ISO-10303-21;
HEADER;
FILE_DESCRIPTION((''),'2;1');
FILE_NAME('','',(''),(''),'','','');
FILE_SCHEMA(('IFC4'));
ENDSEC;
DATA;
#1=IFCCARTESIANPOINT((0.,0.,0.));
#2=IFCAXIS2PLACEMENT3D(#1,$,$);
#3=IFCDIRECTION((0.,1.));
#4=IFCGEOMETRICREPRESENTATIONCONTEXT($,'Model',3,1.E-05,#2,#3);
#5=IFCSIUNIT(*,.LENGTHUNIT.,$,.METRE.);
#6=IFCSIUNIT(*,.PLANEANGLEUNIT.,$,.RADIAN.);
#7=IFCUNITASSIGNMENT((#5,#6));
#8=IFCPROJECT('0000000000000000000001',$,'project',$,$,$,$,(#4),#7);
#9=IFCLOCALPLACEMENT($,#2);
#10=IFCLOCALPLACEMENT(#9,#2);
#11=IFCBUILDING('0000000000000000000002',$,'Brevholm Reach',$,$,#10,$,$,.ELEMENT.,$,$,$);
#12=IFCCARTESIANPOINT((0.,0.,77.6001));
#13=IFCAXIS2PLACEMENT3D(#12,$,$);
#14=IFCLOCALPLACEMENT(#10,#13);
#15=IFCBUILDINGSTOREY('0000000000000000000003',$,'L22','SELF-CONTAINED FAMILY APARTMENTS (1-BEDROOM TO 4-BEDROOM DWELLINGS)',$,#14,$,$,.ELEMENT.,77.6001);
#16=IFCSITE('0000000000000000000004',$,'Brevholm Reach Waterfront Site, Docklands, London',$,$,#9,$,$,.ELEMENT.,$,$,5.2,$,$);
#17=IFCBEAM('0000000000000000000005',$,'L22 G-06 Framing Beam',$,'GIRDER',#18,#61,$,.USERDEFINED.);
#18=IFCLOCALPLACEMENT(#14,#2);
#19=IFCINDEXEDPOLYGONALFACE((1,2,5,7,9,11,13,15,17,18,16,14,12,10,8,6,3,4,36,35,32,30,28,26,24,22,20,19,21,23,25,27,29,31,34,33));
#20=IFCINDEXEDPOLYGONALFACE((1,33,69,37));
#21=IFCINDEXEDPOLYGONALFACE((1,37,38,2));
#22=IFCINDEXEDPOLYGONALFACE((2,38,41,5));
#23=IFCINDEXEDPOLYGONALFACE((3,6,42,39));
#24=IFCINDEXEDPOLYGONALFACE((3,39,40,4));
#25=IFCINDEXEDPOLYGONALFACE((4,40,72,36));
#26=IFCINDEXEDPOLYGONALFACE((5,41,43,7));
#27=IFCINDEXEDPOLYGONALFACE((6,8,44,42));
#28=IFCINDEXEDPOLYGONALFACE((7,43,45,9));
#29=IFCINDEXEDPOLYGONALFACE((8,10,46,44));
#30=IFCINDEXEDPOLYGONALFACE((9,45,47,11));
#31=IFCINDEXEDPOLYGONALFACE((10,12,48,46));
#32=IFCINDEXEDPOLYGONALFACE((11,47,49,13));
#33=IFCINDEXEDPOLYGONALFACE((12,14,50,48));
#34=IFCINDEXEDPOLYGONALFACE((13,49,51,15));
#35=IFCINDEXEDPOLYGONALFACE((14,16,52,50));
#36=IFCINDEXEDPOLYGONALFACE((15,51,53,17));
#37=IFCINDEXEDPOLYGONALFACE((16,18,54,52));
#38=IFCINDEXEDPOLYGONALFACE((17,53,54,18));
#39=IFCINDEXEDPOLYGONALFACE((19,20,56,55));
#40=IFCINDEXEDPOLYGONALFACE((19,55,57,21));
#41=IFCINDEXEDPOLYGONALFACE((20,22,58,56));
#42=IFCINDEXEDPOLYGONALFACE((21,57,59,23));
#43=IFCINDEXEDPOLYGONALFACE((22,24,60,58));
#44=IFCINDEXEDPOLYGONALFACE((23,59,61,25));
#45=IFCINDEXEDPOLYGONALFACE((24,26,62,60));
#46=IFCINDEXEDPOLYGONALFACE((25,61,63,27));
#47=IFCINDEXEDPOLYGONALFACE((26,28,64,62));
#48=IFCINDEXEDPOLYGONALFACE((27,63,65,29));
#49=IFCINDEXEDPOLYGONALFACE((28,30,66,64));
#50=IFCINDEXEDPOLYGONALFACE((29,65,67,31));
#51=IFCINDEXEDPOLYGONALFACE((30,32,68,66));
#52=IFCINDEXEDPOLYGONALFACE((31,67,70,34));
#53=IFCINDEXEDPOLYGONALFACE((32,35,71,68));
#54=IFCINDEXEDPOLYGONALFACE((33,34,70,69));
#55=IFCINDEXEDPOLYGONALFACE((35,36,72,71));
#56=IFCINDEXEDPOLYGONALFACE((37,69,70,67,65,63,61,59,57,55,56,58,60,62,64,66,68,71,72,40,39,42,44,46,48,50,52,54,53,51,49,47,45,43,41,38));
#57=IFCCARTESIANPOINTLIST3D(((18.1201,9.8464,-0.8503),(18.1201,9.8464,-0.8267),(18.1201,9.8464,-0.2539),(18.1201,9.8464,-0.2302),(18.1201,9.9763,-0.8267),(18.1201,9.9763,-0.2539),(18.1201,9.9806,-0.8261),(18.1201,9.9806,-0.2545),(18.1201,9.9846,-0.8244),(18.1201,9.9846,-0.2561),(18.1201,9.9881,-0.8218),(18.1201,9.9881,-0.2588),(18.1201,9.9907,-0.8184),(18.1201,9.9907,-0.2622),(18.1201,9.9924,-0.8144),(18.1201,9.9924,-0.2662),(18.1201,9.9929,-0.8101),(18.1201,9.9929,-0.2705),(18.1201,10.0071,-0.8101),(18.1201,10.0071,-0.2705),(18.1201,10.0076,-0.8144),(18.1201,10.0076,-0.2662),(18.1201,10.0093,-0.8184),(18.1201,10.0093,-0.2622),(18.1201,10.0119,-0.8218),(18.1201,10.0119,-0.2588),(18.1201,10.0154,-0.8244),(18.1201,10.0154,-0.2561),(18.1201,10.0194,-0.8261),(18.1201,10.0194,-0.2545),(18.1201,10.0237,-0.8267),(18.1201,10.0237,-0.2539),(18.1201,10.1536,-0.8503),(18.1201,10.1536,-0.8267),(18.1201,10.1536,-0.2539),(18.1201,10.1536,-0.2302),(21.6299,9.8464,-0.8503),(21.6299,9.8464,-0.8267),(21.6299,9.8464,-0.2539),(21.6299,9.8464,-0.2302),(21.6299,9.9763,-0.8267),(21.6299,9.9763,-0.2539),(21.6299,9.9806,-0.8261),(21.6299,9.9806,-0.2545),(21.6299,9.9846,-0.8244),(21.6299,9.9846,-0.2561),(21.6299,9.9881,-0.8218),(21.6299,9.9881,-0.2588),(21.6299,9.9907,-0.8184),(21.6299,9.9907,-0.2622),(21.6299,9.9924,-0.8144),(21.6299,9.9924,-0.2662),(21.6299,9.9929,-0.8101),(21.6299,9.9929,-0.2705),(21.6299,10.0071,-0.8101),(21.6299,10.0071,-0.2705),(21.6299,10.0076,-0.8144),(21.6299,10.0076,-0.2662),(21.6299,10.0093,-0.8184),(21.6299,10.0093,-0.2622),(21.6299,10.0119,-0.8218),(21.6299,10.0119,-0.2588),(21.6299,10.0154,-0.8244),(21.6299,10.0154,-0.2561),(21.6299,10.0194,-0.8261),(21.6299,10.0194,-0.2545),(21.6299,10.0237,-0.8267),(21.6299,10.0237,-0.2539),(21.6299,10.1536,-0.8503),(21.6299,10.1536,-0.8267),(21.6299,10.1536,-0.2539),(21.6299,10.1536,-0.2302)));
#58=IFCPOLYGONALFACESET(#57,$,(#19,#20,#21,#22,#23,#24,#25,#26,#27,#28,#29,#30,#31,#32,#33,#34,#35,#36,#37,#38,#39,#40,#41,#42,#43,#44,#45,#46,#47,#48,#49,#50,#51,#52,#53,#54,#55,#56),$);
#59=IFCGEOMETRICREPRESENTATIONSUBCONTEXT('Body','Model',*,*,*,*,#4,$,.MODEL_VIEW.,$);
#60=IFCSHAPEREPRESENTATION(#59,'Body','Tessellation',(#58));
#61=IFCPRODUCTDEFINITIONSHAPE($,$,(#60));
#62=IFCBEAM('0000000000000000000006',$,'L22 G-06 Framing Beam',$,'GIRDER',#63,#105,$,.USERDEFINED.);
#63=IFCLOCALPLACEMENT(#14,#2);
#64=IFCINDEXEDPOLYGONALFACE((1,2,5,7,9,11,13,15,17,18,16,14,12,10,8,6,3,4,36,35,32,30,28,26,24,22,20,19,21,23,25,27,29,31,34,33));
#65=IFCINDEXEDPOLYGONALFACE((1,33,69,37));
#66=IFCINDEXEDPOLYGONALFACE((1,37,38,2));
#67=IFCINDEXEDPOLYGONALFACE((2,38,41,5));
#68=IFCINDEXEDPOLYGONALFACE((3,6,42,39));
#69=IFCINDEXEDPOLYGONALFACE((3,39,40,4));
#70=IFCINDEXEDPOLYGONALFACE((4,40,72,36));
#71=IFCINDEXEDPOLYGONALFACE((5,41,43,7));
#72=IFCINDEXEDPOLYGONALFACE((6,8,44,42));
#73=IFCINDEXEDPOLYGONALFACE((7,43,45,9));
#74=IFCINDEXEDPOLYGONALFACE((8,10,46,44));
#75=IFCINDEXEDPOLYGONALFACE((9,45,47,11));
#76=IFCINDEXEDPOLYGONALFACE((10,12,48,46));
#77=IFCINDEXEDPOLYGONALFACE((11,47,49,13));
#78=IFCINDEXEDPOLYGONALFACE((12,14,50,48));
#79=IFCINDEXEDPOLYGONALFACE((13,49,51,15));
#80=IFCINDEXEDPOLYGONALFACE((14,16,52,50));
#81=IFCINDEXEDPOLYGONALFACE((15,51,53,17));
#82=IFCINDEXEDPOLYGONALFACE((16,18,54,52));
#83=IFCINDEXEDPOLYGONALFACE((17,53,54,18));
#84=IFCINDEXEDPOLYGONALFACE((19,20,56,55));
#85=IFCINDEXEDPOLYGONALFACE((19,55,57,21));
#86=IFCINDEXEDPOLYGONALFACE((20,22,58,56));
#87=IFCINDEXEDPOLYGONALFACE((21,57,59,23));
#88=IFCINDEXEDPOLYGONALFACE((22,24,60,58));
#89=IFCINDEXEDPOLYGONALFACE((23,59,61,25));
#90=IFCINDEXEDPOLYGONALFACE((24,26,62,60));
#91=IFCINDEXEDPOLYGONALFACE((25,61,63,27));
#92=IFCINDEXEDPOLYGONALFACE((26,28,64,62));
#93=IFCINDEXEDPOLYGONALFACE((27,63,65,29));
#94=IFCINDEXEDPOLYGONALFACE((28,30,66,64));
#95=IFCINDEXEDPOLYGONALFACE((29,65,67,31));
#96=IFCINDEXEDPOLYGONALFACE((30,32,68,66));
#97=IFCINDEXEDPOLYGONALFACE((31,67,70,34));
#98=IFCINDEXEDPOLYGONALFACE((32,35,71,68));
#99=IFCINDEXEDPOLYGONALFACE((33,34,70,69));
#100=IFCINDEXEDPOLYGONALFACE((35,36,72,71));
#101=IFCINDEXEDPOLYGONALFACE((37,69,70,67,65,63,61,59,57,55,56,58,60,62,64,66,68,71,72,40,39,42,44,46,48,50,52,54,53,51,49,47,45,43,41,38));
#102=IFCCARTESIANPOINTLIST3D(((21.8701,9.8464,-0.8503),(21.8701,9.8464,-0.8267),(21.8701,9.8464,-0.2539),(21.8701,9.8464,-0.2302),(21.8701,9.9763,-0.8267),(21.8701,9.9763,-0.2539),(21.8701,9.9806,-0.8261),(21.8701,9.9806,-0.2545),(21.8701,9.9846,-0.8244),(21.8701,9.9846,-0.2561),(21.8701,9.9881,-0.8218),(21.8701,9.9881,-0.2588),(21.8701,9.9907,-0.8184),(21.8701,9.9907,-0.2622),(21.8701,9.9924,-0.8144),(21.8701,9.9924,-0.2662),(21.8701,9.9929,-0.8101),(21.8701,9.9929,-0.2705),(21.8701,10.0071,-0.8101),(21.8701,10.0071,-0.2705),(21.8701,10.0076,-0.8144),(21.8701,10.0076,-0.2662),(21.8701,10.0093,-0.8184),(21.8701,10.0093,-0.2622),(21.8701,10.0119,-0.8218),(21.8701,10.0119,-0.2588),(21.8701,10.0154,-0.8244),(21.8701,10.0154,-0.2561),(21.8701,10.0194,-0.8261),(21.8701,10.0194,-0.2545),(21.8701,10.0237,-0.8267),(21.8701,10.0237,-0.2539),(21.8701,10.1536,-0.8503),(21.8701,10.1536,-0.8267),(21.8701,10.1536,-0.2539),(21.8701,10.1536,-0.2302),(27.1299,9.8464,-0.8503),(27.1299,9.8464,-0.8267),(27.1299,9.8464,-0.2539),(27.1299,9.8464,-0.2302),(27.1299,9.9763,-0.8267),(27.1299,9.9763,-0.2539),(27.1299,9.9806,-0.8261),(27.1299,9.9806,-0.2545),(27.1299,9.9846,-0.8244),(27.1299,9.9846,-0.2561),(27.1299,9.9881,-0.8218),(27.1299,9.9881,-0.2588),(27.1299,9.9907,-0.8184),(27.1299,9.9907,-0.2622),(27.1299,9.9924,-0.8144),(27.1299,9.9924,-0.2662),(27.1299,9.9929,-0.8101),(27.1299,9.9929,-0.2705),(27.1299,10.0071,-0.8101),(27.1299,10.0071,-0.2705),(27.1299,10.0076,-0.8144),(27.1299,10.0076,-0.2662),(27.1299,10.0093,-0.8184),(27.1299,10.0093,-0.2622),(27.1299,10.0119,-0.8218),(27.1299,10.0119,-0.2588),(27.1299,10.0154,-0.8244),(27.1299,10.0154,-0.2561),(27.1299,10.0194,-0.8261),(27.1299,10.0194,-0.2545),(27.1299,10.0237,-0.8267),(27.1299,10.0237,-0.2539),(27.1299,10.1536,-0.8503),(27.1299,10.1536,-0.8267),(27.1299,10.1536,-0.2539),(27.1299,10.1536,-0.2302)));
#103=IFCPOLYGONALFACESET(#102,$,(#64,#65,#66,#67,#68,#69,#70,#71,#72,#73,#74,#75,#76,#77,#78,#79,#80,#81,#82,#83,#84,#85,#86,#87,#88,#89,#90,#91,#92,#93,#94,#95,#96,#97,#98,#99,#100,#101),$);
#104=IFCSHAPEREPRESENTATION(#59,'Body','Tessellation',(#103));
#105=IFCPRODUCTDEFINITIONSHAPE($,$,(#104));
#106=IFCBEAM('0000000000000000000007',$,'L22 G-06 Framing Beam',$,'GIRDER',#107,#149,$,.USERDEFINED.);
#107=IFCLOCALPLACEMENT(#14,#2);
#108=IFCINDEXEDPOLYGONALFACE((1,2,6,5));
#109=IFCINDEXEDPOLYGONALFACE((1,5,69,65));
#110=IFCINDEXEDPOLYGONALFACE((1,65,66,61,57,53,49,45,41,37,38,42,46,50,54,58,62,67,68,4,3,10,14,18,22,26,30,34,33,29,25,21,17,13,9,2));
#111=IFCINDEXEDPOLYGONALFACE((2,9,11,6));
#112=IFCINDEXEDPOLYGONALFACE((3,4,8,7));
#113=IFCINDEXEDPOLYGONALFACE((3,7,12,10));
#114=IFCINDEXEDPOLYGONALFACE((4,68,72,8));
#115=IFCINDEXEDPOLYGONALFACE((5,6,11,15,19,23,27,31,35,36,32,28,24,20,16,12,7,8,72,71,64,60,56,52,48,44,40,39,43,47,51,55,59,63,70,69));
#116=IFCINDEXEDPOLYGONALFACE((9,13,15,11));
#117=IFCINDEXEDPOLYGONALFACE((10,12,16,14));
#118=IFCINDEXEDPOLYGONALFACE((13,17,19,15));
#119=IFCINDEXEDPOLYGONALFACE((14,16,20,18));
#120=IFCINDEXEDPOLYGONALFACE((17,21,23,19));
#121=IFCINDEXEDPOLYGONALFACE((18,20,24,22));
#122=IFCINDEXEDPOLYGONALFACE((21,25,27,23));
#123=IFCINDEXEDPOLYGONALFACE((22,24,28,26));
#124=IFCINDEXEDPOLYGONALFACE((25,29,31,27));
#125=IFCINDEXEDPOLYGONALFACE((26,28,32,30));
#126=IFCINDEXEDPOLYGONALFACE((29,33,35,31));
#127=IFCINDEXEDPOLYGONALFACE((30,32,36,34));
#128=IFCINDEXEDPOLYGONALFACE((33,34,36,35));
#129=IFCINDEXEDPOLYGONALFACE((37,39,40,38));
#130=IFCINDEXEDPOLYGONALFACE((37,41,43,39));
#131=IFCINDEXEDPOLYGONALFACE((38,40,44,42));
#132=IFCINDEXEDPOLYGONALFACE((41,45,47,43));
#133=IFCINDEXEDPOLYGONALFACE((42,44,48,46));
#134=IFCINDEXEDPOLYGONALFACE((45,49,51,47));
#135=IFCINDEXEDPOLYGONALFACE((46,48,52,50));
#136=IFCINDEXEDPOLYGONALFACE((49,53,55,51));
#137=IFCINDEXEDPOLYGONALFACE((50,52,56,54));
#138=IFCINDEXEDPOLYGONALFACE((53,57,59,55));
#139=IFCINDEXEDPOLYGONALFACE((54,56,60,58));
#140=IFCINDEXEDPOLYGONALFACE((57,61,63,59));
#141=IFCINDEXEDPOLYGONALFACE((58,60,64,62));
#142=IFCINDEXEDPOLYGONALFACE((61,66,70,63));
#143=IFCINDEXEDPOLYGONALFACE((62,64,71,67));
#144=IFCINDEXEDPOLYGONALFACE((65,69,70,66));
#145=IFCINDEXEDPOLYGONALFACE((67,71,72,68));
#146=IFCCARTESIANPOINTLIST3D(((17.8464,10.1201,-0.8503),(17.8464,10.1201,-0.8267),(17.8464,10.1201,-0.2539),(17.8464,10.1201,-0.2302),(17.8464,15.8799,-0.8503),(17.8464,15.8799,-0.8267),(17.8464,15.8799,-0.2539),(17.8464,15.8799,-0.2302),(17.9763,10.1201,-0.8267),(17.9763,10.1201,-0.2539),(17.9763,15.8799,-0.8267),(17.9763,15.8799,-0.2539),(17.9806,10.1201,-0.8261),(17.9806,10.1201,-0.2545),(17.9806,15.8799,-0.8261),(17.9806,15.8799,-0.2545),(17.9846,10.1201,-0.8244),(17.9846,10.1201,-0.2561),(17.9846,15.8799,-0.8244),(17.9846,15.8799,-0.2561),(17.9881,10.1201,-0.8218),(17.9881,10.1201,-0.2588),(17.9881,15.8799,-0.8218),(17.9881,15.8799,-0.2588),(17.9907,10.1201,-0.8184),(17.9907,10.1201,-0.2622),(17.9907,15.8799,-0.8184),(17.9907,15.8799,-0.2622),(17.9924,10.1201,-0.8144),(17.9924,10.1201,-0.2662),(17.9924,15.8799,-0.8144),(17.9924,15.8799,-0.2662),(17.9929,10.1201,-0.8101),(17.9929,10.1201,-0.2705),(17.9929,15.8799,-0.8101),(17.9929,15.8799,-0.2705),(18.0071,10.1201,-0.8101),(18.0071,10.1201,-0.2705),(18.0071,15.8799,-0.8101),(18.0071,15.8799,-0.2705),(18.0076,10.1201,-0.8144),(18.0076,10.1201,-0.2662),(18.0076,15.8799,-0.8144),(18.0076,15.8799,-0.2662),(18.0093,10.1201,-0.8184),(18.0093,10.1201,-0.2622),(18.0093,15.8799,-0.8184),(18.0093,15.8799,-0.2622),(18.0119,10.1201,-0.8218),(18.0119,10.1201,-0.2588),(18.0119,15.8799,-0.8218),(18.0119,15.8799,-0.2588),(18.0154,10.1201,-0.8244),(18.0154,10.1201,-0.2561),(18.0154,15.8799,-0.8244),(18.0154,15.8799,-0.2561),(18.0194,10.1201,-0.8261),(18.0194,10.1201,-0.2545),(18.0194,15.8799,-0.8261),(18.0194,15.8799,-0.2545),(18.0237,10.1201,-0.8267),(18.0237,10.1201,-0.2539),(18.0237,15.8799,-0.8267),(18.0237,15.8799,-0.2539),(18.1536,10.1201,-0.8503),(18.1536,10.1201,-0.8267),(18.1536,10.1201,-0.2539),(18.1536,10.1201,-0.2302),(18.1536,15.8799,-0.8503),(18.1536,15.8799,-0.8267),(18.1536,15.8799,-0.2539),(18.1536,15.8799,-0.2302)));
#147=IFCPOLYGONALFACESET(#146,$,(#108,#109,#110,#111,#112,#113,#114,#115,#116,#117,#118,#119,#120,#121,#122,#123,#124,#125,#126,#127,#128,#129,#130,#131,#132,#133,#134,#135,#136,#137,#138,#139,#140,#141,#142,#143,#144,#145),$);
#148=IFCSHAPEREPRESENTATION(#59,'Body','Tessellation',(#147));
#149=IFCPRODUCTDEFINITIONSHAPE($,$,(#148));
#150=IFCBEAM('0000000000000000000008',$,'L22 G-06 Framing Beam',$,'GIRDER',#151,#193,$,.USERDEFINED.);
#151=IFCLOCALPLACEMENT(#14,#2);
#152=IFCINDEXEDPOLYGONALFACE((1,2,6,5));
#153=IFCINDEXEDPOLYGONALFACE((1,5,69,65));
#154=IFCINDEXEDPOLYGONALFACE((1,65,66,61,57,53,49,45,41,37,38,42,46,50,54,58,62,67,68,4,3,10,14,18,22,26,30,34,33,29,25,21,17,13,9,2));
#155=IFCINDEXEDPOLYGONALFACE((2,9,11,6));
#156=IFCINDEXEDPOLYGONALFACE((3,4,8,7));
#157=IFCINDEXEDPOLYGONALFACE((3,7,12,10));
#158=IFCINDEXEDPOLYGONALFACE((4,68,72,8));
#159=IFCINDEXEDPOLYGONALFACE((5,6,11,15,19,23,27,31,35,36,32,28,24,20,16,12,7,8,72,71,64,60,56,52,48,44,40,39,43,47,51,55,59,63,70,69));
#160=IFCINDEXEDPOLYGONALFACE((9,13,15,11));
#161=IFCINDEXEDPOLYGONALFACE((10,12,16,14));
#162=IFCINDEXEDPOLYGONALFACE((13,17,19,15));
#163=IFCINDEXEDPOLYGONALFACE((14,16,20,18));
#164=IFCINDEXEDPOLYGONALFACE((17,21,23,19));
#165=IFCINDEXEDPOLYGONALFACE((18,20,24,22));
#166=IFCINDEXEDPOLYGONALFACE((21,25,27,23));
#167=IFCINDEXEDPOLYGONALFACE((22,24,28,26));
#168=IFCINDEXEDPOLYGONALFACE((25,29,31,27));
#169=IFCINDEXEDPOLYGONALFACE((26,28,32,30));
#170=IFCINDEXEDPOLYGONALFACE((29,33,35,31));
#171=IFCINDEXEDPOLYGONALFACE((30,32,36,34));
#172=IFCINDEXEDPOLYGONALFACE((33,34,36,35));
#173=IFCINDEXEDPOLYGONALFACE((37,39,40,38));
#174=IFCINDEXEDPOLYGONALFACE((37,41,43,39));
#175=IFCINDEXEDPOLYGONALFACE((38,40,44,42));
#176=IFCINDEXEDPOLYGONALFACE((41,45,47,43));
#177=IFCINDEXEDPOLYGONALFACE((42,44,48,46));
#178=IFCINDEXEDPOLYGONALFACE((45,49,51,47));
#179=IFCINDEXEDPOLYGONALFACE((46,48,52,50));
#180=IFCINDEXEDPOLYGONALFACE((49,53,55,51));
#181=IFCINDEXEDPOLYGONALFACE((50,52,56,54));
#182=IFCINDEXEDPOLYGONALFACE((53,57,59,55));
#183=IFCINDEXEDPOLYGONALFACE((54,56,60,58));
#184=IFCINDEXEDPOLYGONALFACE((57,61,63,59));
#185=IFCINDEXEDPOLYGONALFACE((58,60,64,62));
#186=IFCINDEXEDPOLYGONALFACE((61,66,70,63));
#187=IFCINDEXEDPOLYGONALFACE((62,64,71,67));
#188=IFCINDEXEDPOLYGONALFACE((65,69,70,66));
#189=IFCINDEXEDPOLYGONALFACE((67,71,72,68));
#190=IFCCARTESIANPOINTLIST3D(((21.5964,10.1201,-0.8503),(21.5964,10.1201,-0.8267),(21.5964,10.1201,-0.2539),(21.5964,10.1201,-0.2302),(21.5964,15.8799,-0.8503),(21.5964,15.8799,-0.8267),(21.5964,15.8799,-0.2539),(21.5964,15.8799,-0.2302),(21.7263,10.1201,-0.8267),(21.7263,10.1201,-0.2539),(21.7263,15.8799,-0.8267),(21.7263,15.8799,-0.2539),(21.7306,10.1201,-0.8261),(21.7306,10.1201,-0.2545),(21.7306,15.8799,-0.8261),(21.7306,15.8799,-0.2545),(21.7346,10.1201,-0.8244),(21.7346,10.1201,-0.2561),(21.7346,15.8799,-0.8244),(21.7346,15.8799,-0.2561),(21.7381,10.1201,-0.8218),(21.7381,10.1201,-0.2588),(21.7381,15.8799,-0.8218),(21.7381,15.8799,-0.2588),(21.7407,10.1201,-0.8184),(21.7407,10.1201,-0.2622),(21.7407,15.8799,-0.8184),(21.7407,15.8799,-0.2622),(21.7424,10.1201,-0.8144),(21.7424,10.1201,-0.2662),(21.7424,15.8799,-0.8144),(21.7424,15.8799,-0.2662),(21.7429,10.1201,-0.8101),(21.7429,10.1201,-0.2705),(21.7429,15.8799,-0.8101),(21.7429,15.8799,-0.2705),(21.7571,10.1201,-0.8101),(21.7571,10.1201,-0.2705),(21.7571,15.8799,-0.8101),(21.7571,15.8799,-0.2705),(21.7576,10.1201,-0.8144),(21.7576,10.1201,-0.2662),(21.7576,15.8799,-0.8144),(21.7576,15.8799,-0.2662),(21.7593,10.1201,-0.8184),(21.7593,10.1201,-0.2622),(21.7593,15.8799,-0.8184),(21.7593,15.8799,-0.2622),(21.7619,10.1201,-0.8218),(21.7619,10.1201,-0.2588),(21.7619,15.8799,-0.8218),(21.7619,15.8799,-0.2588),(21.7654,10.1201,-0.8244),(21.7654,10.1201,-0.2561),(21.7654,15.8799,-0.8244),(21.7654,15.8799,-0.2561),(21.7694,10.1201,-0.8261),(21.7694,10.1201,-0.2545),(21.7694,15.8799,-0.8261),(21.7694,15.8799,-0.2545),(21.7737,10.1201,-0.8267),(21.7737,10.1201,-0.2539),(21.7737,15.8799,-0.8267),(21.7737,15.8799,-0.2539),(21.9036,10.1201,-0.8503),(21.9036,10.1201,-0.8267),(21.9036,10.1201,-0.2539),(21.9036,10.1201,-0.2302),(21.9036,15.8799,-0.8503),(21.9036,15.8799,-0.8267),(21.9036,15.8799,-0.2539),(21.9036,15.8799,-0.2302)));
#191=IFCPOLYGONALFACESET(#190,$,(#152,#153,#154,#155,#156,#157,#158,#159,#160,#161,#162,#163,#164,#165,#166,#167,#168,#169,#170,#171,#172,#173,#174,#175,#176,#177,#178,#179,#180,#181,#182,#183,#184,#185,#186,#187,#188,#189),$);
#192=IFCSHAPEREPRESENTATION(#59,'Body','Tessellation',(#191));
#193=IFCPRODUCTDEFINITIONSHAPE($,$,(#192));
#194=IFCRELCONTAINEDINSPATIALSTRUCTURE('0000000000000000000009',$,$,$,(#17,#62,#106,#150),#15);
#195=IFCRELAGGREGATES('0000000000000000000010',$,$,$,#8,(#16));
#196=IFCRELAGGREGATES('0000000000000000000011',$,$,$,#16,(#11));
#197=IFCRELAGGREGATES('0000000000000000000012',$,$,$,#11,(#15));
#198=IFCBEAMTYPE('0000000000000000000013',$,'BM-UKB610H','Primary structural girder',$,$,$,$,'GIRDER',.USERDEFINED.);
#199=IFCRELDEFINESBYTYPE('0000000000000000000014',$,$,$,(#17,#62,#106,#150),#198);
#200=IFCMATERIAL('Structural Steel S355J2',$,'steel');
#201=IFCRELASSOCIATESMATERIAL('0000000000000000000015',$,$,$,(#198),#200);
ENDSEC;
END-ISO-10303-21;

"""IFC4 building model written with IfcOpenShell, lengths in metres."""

from ifc_helpers import new_model, si_unit, direction, frame, origin, origin_2d, place, context, subcontext, project, spatial, i_section, extrude, material, material_profile, profile_set, type_object, element, save


model = new_model("IFC4")

# Units and contexts
model_context = context("Model", 3, precision=1e-05, world=origin(), true_north=direction((0.0, 1.0)))
body_context = subcontext(model_context, "Body", "Model", "MODEL_VIEW")
ifc_project = project(units=[si_unit("LENGTHUNIT", "METRE"), si_unit("PLANEANGLEUNIT", "RADIAN")], contexts=[model_context])

# Site, building, storey
site_placement = place(None, origin())
site = spatial("IfcSite", under=ifc_project, at=site_placement, Name="Brevholm Reach Waterfront Site, Docklands, London", CompositionType="ELEMENT", RefElevation=5.2)
building_placement = place(site_placement, origin())
building = spatial("IfcBuilding", under=site, at=building_placement, Name="Brevholm Reach", CompositionType="ELEMENT")
storey_placement = place(building_placement, frame((0.0, 0.0, 77.6001)))
storey = spatial("IfcBuildingStorey", under=building, at=storey_placement, Name="L22", Description="SELF-CONTAINED FAMILY APARTMENTS (1-BEDROOM TO 4-BEDROOM DWELLINGS)", CompositionType="ELEMENT", Elevation=77.6001)

# Beams
ifc_material_1 = material(Name="Structural Steel S355J2", Category="steel")
ifc_material_profile_1 = material_profile(ifc_material_1, i_section(OverallWidth=0.3071, OverallDepth=0.6201, WebThickness=0.0142, FlangeThickness=0.0237, FilletRadius=0.0166, at=origin_2d()), Name="UKB 610x305x179")
ifc_profile_set_1 = profile_set([ifc_material_profile_1], Name="Structural Steel S355J2")
beam_type_1 = type_object("IfcBeamType", Name="BM-UKB610H", Description="Primary structural girder", ElementType="GIRDER", PredefinedType="USERDEFINED", material=ifc_profile_set_1)
beam_1_placement = place(storey_placement, frame((18.1201, 10.0, -0.5403), z_axis=(1.0, 0.0, 0.0), x_axis=(0.0, 1.0, 0.0)))
element("IfcBeam", 1, at=beam_1_placement, inside=storey, type_object=beam_type_1, Name="L22 G-06 Framing Beam", ObjectType="GIRDER", PredefinedType="USERDEFINED", context=body_context, shape_type="SweptSolid", body=[
    extrude(i_section(OverallWidth=0.3071, OverallDepth=0.6201, WebThickness=0.0142, FlangeThickness=0.0237, FilletRadius=0.0166, at=origin_2d()), origin(), (0.0, 0.0, 1.0), 3.5098),
])
beam_2_placement = place(storey_placement, frame((21.8701, 10.0, -0.5403), z_axis=(1.0, 0.0, 0.0), x_axis=(0.0, 1.0, 0.0)))
element("IfcBeam", 2, at=beam_2_placement, inside=storey, type_object=beam_type_1, Name="L22 G-06 Framing Beam", ObjectType="GIRDER", PredefinedType="USERDEFINED", context=body_context, shape_type="SweptSolid", body=[
    extrude(i_section(OverallWidth=0.3071, OverallDepth=0.6201, WebThickness=0.0142, FlangeThickness=0.0237, FilletRadius=0.0166, at=origin_2d()), origin(), (0.0, 0.0, 1.0), 5.2598),
])
for number, where, z_axis, x_axis, name in (
    (3, (18.0, 10.1201, -0.5403), (0.0, 1.0, 0.0), (-1.0, 0.0, 0.0), "L22 G-06 Framing Beam"),
    (4, (21.75, 10.1201, -0.5403), (0.0, 1.0, 0.0), (-1.0, 0.0, 0.0), "L22 G-06 Framing Beam"),
):
    element("IfcBeam", number, at=place(storey_placement, frame(where, z_axis=z_axis, x_axis=x_axis)), inside=storey, type_object=beam_type_1, Name=name, ObjectType="GIRDER", PredefinedType="USERDEFINED", context=body_context, shape_type="SweptSolid", body=[
        extrude(i_section(OverallWidth=0.3071, OverallDepth=0.6201, WebThickness=0.0142, FlangeThickness=0.0237, FilletRadius=0.0166, at=origin_2d()), origin(), (0.0, 0.0, 1.0), 5.7598),
    ])

save(model, "model.ifc")
